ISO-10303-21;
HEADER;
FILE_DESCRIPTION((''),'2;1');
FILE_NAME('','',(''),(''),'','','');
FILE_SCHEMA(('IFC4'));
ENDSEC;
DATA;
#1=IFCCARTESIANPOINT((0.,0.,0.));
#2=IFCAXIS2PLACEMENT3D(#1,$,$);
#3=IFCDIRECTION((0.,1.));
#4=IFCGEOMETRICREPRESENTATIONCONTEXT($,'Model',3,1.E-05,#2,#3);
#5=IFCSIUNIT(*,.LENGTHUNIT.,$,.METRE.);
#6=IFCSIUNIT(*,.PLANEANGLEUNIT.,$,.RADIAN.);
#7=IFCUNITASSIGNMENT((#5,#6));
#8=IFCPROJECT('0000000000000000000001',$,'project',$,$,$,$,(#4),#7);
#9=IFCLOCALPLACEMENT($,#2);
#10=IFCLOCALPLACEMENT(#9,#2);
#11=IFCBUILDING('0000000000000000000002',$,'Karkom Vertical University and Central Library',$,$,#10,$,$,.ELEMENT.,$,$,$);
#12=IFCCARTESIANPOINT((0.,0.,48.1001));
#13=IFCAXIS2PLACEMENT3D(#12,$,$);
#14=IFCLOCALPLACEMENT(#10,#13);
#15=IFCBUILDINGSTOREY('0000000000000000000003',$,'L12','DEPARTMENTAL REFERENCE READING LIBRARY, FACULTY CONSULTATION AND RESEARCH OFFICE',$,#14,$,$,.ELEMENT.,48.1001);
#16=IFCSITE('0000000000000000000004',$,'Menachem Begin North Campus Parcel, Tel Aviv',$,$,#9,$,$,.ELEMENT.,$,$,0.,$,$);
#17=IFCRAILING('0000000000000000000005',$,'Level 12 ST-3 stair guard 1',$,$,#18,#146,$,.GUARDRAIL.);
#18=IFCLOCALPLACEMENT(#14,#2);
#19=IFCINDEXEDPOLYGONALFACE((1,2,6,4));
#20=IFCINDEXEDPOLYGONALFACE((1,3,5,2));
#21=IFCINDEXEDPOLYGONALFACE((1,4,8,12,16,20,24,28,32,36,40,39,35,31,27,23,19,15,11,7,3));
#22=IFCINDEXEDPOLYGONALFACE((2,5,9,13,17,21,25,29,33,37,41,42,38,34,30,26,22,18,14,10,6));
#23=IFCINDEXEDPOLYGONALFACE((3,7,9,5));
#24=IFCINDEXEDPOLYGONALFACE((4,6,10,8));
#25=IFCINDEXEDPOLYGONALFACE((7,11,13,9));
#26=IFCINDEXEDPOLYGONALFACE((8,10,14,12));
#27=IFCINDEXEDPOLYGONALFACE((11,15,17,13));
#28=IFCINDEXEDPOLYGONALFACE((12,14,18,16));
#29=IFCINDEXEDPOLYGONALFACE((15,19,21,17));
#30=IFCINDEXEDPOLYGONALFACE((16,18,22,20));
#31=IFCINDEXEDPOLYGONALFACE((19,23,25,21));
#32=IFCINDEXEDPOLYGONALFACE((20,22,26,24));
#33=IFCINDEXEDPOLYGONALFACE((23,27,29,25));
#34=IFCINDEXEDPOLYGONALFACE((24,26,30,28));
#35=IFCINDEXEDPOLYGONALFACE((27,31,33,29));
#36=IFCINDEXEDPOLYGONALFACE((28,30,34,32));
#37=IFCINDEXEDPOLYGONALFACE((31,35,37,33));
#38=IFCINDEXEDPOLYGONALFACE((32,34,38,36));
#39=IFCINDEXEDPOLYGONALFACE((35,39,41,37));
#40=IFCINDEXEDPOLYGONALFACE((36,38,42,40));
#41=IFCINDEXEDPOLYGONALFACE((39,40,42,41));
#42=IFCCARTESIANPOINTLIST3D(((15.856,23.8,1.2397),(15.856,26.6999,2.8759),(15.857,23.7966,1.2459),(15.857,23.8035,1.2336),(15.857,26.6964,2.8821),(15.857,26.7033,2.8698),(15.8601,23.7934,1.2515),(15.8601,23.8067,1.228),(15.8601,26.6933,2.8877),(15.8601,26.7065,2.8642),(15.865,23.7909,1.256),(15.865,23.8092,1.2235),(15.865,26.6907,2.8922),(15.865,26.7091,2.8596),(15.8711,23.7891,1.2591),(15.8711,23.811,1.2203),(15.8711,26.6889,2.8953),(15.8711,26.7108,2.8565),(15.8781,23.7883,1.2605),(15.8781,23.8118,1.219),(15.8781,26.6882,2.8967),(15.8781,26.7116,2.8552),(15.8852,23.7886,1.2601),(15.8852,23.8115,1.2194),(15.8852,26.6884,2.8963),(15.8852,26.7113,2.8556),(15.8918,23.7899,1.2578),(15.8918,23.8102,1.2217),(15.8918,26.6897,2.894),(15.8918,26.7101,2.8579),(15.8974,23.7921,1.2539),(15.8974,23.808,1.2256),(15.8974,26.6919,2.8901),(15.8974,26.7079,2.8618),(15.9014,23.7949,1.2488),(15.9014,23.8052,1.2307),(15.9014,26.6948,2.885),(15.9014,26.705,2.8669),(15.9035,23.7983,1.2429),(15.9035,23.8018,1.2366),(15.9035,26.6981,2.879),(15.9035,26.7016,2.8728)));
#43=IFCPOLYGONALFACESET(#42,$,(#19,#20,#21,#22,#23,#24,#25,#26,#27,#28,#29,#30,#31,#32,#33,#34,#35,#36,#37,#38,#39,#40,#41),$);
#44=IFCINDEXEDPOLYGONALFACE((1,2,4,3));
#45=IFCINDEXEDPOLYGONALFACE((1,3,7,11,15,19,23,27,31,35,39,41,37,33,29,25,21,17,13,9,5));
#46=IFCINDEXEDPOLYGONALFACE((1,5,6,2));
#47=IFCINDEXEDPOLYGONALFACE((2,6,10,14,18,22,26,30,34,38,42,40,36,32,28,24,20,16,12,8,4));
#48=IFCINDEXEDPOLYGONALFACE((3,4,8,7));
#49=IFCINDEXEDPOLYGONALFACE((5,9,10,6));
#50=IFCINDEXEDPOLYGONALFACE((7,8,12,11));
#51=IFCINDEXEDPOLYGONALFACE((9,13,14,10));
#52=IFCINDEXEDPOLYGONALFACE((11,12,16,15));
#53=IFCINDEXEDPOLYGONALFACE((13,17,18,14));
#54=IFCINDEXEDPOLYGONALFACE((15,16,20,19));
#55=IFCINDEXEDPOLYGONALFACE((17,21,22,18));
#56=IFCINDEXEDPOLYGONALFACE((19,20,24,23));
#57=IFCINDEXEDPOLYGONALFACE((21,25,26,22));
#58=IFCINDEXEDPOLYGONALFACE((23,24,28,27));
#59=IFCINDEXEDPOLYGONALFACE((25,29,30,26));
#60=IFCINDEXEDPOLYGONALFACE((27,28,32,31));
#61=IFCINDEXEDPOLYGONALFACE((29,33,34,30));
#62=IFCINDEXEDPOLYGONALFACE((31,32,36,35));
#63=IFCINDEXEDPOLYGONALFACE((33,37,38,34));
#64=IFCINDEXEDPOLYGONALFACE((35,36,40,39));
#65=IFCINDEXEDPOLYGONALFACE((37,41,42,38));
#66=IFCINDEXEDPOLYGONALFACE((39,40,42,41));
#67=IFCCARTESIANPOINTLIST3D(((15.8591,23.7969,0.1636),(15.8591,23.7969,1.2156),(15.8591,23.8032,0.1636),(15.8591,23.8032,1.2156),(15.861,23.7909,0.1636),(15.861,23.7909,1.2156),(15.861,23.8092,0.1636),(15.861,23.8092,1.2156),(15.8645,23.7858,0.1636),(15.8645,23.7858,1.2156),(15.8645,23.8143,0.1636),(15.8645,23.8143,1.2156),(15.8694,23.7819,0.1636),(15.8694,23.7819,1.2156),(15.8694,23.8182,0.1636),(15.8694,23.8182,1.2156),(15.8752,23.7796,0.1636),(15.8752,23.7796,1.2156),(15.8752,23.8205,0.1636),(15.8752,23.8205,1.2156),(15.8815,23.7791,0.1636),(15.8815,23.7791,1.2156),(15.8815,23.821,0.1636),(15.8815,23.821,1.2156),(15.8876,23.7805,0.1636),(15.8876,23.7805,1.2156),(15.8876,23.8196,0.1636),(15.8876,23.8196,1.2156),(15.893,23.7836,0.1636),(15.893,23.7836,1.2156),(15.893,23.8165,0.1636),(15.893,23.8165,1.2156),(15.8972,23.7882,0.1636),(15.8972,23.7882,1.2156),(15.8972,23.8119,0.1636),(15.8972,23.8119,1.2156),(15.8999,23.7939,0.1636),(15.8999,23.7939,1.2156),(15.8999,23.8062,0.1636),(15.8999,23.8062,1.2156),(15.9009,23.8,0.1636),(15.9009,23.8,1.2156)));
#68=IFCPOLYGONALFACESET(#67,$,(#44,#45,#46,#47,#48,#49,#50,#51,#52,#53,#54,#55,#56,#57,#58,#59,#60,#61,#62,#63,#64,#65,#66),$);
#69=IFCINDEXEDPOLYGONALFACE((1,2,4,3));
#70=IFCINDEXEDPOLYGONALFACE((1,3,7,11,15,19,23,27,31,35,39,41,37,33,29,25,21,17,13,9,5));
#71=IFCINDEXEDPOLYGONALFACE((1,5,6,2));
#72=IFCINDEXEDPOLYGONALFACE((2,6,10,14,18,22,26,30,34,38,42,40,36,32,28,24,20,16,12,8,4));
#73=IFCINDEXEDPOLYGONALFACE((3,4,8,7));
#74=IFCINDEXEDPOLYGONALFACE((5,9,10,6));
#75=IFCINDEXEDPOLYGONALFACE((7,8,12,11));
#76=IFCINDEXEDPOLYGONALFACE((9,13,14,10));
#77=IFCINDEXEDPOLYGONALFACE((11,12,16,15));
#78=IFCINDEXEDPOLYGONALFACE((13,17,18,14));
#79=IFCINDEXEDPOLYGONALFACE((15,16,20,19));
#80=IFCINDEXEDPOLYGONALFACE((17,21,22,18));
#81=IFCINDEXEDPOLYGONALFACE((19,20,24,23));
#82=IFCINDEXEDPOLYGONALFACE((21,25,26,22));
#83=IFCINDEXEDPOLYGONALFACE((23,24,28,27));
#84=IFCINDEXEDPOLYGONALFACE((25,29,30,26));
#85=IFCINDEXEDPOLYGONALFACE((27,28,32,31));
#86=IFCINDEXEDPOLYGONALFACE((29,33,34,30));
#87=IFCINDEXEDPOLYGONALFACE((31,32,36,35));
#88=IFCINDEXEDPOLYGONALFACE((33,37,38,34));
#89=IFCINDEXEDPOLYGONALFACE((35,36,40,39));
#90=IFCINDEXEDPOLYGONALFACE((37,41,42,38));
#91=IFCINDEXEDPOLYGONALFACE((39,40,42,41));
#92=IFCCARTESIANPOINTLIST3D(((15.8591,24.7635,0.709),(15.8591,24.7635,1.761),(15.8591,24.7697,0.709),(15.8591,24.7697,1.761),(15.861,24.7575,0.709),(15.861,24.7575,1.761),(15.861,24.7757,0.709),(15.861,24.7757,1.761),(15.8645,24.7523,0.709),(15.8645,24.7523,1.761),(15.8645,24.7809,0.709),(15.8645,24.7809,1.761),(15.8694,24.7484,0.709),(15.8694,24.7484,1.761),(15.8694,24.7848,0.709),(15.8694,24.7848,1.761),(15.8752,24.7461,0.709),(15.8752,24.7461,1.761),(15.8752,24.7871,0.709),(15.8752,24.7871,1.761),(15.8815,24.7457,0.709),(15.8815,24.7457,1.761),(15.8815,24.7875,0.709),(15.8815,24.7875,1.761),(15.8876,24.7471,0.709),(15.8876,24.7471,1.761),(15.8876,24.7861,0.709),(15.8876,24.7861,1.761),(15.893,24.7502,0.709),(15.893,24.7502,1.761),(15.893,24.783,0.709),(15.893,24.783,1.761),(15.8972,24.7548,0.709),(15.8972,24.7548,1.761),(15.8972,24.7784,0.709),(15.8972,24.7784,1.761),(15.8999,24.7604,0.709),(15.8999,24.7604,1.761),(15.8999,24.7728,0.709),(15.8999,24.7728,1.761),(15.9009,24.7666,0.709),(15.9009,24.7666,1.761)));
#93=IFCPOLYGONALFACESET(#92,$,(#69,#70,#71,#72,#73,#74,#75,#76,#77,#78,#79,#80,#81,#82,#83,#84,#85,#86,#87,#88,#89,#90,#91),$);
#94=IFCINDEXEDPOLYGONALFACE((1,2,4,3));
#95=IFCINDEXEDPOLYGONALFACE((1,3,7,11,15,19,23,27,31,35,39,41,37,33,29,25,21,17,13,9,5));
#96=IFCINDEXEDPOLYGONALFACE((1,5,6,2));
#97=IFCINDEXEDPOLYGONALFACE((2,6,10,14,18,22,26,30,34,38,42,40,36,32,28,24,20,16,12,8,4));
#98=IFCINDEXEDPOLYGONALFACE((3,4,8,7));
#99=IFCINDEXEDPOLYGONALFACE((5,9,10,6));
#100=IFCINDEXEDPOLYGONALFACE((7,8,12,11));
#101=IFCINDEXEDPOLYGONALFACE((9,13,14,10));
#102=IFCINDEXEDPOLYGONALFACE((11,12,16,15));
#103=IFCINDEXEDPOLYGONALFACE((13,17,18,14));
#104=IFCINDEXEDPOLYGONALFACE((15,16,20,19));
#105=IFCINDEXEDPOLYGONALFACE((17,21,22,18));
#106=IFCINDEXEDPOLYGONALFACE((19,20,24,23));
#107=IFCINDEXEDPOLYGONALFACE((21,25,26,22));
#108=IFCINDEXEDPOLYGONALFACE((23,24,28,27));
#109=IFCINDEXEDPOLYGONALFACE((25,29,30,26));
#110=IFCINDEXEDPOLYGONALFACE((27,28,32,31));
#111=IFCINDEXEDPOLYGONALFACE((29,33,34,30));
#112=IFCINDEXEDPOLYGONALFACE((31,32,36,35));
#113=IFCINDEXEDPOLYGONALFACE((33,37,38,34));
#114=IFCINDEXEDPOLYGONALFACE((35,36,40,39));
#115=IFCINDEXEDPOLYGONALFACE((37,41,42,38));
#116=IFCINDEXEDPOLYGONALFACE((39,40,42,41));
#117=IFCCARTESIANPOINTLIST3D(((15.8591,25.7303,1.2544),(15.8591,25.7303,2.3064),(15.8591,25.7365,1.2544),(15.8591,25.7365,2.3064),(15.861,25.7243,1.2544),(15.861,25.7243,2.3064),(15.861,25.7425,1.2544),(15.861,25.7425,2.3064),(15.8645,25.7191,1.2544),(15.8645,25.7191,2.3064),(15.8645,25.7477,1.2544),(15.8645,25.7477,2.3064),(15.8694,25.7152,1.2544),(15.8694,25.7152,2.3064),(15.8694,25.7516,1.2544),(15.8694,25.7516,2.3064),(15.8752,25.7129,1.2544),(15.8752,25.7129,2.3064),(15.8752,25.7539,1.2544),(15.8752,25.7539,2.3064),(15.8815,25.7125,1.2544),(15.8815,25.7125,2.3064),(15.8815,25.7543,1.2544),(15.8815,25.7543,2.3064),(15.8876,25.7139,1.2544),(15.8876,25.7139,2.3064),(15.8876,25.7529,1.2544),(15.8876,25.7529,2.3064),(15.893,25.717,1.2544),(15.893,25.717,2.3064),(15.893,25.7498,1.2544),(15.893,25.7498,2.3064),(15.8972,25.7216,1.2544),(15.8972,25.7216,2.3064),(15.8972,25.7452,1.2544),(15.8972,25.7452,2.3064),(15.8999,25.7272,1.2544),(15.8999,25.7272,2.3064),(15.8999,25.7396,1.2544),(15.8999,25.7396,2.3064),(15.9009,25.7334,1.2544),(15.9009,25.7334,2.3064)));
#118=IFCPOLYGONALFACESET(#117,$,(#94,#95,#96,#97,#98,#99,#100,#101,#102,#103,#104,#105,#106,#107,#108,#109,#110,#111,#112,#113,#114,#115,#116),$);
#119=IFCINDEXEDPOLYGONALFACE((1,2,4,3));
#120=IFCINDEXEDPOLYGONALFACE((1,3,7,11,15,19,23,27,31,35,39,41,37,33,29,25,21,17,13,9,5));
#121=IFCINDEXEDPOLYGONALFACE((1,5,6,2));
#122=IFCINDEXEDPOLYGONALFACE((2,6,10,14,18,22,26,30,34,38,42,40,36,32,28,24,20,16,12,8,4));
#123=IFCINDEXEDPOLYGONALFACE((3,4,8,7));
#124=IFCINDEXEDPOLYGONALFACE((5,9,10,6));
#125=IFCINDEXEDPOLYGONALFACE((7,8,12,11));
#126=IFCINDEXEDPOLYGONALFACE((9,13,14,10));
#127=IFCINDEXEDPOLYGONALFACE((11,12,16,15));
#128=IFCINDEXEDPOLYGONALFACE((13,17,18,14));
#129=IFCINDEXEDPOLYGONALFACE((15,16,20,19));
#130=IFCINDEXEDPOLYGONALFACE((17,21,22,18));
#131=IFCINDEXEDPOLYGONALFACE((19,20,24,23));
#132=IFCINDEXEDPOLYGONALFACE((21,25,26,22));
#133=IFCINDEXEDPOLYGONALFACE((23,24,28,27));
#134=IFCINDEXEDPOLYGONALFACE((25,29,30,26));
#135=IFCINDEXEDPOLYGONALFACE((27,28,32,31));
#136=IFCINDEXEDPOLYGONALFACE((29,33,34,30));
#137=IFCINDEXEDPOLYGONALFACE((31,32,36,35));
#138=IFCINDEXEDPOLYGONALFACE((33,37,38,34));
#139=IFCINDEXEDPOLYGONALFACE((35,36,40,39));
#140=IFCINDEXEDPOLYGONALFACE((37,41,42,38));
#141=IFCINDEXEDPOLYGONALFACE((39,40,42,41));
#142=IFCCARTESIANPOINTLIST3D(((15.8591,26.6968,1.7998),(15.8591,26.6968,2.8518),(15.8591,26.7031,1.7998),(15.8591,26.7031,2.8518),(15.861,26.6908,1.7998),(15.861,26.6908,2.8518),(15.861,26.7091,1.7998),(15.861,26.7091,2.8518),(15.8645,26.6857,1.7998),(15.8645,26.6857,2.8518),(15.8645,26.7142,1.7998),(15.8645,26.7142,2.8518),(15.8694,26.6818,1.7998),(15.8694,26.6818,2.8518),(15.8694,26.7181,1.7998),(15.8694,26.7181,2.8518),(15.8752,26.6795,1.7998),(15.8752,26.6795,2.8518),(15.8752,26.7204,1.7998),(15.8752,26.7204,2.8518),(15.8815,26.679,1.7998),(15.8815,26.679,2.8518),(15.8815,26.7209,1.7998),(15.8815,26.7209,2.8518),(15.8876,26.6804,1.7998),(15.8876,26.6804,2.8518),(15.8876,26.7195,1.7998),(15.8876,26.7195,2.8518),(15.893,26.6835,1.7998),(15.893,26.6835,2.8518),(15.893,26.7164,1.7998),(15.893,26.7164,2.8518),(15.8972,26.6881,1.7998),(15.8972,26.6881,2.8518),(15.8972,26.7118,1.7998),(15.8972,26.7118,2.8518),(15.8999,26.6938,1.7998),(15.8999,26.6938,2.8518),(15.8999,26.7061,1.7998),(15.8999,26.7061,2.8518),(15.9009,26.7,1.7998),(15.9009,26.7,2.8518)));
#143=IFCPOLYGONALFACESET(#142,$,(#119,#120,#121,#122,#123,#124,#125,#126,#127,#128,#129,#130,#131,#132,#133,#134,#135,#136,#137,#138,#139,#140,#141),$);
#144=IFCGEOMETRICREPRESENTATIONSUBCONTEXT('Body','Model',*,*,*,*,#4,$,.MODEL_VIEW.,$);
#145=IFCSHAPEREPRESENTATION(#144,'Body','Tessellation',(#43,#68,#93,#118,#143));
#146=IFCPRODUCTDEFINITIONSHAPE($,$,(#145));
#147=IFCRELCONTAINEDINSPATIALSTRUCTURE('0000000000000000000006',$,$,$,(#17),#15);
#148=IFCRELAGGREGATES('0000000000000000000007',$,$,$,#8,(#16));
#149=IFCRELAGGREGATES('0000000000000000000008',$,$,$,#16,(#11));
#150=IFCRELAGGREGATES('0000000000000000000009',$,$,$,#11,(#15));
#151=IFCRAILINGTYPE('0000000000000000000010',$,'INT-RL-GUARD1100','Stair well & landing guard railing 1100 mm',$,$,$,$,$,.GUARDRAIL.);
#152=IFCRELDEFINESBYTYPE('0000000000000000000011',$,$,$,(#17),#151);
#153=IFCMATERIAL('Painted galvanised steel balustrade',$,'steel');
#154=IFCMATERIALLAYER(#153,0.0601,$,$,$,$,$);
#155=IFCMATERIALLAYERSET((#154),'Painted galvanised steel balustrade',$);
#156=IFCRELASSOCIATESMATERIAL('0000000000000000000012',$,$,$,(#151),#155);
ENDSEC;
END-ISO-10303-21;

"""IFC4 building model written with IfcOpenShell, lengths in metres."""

from ifc_helpers import new_model, si_unit, direction, frame, origin, origin_2d, place, context, subcontext, project, spatial, circle, extrude, material, layer, layer_set, type_object, element, save


model = new_model("IFC4")

# Units and contexts
model_context = context("Model", 3, precision=1e-05, world=origin(), true_north=direction((0.0, 1.0)))
body_context = subcontext(model_context, "Body", "Model", "MODEL_VIEW")
ifc_project = project(units=[si_unit("LENGTHUNIT", "METRE"), si_unit("PLANEANGLEUNIT", "RADIAN")], contexts=[model_context])

# Site, building, storey
site_placement = place(None, origin())
site = spatial("IfcSite", under=ifc_project, at=site_placement, Name="Menachem Begin North Campus Parcel, Tel Aviv", CompositionType="ELEMENT", RefElevation=0.0)
building_placement = place(site_placement, origin())
building = spatial("IfcBuilding", under=site, at=building_placement, Name="Karkom Vertical University and Central Library", CompositionType="ELEMENT")
storey_placement = place(building_placement, frame((0.0, 0.0, 48.1001)))
storey = spatial("IfcBuildingStorey", under=building, at=storey_placement, Name="L12", Description="DEPARTMENTAL REFERENCE READING LIBRARY, FACULTY CONSULTATION AND RESEARCH OFFICE", CompositionType="ELEMENT", Elevation=48.1001)

# Railing
ifc_material_1 = material(Name="Painted galvanised steel balustrade", Category="steel")
ifc_layer_1 = layer(ifc_material_1, 0.0601)
ifc_layer_set_1 = layer_set([ifc_layer_1], Name="Painted galvanised steel balustrade")
railing_type_1 = type_object("IfcRailingType", Name="INT-RL-GUARD1100", Description="Stair well & landing guard railing 1100 mm", PredefinedType="GUARDRAIL", material=ifc_layer_set_1)
railing_1_placement = place(storey_placement, frame((15.8799, 23.8, 0.1636)))
element("IfcRailing", 1, at=railing_1_placement, inside=storey, type_object=railing_type_1, Name="Level 12 ST-3 stair guard 1", PredefinedType="GUARDRAIL", context=body_context, shape_type="SweptSolid", body=[
    extrude(circle(Radius=0.0239, at=origin_2d()), frame((0.0, 0.0, 1.0762), z_axis=(0.0, 0.870929, 0.49141), x_axis=(-1.0, 0.0, 0.0)), (0.0, 0.0, 1.0), 3.3296),
    extrude(circle(Radius=0.021, at=origin_2d()), origin(), (0.0, 0.0, 1.0), 1.052),
    extrude(circle(Radius=0.021, at=origin_2d()), frame((0.0, 0.9666, 0.5454)), (0.0, 0.0, 1.0), 1.052),
    extrude(circle(Radius=0.021, at=origin_2d()), frame((0.0, 1.9333, 1.0908)), (0.0, 0.0, 1.0), 1.052),
    extrude(circle(Radius=0.021, at=origin_2d()), frame((0.0, 2.8999, 1.6362)), (0.0, 0.0, 1.0), 1.052),
])

save(model, "model.ifc")
